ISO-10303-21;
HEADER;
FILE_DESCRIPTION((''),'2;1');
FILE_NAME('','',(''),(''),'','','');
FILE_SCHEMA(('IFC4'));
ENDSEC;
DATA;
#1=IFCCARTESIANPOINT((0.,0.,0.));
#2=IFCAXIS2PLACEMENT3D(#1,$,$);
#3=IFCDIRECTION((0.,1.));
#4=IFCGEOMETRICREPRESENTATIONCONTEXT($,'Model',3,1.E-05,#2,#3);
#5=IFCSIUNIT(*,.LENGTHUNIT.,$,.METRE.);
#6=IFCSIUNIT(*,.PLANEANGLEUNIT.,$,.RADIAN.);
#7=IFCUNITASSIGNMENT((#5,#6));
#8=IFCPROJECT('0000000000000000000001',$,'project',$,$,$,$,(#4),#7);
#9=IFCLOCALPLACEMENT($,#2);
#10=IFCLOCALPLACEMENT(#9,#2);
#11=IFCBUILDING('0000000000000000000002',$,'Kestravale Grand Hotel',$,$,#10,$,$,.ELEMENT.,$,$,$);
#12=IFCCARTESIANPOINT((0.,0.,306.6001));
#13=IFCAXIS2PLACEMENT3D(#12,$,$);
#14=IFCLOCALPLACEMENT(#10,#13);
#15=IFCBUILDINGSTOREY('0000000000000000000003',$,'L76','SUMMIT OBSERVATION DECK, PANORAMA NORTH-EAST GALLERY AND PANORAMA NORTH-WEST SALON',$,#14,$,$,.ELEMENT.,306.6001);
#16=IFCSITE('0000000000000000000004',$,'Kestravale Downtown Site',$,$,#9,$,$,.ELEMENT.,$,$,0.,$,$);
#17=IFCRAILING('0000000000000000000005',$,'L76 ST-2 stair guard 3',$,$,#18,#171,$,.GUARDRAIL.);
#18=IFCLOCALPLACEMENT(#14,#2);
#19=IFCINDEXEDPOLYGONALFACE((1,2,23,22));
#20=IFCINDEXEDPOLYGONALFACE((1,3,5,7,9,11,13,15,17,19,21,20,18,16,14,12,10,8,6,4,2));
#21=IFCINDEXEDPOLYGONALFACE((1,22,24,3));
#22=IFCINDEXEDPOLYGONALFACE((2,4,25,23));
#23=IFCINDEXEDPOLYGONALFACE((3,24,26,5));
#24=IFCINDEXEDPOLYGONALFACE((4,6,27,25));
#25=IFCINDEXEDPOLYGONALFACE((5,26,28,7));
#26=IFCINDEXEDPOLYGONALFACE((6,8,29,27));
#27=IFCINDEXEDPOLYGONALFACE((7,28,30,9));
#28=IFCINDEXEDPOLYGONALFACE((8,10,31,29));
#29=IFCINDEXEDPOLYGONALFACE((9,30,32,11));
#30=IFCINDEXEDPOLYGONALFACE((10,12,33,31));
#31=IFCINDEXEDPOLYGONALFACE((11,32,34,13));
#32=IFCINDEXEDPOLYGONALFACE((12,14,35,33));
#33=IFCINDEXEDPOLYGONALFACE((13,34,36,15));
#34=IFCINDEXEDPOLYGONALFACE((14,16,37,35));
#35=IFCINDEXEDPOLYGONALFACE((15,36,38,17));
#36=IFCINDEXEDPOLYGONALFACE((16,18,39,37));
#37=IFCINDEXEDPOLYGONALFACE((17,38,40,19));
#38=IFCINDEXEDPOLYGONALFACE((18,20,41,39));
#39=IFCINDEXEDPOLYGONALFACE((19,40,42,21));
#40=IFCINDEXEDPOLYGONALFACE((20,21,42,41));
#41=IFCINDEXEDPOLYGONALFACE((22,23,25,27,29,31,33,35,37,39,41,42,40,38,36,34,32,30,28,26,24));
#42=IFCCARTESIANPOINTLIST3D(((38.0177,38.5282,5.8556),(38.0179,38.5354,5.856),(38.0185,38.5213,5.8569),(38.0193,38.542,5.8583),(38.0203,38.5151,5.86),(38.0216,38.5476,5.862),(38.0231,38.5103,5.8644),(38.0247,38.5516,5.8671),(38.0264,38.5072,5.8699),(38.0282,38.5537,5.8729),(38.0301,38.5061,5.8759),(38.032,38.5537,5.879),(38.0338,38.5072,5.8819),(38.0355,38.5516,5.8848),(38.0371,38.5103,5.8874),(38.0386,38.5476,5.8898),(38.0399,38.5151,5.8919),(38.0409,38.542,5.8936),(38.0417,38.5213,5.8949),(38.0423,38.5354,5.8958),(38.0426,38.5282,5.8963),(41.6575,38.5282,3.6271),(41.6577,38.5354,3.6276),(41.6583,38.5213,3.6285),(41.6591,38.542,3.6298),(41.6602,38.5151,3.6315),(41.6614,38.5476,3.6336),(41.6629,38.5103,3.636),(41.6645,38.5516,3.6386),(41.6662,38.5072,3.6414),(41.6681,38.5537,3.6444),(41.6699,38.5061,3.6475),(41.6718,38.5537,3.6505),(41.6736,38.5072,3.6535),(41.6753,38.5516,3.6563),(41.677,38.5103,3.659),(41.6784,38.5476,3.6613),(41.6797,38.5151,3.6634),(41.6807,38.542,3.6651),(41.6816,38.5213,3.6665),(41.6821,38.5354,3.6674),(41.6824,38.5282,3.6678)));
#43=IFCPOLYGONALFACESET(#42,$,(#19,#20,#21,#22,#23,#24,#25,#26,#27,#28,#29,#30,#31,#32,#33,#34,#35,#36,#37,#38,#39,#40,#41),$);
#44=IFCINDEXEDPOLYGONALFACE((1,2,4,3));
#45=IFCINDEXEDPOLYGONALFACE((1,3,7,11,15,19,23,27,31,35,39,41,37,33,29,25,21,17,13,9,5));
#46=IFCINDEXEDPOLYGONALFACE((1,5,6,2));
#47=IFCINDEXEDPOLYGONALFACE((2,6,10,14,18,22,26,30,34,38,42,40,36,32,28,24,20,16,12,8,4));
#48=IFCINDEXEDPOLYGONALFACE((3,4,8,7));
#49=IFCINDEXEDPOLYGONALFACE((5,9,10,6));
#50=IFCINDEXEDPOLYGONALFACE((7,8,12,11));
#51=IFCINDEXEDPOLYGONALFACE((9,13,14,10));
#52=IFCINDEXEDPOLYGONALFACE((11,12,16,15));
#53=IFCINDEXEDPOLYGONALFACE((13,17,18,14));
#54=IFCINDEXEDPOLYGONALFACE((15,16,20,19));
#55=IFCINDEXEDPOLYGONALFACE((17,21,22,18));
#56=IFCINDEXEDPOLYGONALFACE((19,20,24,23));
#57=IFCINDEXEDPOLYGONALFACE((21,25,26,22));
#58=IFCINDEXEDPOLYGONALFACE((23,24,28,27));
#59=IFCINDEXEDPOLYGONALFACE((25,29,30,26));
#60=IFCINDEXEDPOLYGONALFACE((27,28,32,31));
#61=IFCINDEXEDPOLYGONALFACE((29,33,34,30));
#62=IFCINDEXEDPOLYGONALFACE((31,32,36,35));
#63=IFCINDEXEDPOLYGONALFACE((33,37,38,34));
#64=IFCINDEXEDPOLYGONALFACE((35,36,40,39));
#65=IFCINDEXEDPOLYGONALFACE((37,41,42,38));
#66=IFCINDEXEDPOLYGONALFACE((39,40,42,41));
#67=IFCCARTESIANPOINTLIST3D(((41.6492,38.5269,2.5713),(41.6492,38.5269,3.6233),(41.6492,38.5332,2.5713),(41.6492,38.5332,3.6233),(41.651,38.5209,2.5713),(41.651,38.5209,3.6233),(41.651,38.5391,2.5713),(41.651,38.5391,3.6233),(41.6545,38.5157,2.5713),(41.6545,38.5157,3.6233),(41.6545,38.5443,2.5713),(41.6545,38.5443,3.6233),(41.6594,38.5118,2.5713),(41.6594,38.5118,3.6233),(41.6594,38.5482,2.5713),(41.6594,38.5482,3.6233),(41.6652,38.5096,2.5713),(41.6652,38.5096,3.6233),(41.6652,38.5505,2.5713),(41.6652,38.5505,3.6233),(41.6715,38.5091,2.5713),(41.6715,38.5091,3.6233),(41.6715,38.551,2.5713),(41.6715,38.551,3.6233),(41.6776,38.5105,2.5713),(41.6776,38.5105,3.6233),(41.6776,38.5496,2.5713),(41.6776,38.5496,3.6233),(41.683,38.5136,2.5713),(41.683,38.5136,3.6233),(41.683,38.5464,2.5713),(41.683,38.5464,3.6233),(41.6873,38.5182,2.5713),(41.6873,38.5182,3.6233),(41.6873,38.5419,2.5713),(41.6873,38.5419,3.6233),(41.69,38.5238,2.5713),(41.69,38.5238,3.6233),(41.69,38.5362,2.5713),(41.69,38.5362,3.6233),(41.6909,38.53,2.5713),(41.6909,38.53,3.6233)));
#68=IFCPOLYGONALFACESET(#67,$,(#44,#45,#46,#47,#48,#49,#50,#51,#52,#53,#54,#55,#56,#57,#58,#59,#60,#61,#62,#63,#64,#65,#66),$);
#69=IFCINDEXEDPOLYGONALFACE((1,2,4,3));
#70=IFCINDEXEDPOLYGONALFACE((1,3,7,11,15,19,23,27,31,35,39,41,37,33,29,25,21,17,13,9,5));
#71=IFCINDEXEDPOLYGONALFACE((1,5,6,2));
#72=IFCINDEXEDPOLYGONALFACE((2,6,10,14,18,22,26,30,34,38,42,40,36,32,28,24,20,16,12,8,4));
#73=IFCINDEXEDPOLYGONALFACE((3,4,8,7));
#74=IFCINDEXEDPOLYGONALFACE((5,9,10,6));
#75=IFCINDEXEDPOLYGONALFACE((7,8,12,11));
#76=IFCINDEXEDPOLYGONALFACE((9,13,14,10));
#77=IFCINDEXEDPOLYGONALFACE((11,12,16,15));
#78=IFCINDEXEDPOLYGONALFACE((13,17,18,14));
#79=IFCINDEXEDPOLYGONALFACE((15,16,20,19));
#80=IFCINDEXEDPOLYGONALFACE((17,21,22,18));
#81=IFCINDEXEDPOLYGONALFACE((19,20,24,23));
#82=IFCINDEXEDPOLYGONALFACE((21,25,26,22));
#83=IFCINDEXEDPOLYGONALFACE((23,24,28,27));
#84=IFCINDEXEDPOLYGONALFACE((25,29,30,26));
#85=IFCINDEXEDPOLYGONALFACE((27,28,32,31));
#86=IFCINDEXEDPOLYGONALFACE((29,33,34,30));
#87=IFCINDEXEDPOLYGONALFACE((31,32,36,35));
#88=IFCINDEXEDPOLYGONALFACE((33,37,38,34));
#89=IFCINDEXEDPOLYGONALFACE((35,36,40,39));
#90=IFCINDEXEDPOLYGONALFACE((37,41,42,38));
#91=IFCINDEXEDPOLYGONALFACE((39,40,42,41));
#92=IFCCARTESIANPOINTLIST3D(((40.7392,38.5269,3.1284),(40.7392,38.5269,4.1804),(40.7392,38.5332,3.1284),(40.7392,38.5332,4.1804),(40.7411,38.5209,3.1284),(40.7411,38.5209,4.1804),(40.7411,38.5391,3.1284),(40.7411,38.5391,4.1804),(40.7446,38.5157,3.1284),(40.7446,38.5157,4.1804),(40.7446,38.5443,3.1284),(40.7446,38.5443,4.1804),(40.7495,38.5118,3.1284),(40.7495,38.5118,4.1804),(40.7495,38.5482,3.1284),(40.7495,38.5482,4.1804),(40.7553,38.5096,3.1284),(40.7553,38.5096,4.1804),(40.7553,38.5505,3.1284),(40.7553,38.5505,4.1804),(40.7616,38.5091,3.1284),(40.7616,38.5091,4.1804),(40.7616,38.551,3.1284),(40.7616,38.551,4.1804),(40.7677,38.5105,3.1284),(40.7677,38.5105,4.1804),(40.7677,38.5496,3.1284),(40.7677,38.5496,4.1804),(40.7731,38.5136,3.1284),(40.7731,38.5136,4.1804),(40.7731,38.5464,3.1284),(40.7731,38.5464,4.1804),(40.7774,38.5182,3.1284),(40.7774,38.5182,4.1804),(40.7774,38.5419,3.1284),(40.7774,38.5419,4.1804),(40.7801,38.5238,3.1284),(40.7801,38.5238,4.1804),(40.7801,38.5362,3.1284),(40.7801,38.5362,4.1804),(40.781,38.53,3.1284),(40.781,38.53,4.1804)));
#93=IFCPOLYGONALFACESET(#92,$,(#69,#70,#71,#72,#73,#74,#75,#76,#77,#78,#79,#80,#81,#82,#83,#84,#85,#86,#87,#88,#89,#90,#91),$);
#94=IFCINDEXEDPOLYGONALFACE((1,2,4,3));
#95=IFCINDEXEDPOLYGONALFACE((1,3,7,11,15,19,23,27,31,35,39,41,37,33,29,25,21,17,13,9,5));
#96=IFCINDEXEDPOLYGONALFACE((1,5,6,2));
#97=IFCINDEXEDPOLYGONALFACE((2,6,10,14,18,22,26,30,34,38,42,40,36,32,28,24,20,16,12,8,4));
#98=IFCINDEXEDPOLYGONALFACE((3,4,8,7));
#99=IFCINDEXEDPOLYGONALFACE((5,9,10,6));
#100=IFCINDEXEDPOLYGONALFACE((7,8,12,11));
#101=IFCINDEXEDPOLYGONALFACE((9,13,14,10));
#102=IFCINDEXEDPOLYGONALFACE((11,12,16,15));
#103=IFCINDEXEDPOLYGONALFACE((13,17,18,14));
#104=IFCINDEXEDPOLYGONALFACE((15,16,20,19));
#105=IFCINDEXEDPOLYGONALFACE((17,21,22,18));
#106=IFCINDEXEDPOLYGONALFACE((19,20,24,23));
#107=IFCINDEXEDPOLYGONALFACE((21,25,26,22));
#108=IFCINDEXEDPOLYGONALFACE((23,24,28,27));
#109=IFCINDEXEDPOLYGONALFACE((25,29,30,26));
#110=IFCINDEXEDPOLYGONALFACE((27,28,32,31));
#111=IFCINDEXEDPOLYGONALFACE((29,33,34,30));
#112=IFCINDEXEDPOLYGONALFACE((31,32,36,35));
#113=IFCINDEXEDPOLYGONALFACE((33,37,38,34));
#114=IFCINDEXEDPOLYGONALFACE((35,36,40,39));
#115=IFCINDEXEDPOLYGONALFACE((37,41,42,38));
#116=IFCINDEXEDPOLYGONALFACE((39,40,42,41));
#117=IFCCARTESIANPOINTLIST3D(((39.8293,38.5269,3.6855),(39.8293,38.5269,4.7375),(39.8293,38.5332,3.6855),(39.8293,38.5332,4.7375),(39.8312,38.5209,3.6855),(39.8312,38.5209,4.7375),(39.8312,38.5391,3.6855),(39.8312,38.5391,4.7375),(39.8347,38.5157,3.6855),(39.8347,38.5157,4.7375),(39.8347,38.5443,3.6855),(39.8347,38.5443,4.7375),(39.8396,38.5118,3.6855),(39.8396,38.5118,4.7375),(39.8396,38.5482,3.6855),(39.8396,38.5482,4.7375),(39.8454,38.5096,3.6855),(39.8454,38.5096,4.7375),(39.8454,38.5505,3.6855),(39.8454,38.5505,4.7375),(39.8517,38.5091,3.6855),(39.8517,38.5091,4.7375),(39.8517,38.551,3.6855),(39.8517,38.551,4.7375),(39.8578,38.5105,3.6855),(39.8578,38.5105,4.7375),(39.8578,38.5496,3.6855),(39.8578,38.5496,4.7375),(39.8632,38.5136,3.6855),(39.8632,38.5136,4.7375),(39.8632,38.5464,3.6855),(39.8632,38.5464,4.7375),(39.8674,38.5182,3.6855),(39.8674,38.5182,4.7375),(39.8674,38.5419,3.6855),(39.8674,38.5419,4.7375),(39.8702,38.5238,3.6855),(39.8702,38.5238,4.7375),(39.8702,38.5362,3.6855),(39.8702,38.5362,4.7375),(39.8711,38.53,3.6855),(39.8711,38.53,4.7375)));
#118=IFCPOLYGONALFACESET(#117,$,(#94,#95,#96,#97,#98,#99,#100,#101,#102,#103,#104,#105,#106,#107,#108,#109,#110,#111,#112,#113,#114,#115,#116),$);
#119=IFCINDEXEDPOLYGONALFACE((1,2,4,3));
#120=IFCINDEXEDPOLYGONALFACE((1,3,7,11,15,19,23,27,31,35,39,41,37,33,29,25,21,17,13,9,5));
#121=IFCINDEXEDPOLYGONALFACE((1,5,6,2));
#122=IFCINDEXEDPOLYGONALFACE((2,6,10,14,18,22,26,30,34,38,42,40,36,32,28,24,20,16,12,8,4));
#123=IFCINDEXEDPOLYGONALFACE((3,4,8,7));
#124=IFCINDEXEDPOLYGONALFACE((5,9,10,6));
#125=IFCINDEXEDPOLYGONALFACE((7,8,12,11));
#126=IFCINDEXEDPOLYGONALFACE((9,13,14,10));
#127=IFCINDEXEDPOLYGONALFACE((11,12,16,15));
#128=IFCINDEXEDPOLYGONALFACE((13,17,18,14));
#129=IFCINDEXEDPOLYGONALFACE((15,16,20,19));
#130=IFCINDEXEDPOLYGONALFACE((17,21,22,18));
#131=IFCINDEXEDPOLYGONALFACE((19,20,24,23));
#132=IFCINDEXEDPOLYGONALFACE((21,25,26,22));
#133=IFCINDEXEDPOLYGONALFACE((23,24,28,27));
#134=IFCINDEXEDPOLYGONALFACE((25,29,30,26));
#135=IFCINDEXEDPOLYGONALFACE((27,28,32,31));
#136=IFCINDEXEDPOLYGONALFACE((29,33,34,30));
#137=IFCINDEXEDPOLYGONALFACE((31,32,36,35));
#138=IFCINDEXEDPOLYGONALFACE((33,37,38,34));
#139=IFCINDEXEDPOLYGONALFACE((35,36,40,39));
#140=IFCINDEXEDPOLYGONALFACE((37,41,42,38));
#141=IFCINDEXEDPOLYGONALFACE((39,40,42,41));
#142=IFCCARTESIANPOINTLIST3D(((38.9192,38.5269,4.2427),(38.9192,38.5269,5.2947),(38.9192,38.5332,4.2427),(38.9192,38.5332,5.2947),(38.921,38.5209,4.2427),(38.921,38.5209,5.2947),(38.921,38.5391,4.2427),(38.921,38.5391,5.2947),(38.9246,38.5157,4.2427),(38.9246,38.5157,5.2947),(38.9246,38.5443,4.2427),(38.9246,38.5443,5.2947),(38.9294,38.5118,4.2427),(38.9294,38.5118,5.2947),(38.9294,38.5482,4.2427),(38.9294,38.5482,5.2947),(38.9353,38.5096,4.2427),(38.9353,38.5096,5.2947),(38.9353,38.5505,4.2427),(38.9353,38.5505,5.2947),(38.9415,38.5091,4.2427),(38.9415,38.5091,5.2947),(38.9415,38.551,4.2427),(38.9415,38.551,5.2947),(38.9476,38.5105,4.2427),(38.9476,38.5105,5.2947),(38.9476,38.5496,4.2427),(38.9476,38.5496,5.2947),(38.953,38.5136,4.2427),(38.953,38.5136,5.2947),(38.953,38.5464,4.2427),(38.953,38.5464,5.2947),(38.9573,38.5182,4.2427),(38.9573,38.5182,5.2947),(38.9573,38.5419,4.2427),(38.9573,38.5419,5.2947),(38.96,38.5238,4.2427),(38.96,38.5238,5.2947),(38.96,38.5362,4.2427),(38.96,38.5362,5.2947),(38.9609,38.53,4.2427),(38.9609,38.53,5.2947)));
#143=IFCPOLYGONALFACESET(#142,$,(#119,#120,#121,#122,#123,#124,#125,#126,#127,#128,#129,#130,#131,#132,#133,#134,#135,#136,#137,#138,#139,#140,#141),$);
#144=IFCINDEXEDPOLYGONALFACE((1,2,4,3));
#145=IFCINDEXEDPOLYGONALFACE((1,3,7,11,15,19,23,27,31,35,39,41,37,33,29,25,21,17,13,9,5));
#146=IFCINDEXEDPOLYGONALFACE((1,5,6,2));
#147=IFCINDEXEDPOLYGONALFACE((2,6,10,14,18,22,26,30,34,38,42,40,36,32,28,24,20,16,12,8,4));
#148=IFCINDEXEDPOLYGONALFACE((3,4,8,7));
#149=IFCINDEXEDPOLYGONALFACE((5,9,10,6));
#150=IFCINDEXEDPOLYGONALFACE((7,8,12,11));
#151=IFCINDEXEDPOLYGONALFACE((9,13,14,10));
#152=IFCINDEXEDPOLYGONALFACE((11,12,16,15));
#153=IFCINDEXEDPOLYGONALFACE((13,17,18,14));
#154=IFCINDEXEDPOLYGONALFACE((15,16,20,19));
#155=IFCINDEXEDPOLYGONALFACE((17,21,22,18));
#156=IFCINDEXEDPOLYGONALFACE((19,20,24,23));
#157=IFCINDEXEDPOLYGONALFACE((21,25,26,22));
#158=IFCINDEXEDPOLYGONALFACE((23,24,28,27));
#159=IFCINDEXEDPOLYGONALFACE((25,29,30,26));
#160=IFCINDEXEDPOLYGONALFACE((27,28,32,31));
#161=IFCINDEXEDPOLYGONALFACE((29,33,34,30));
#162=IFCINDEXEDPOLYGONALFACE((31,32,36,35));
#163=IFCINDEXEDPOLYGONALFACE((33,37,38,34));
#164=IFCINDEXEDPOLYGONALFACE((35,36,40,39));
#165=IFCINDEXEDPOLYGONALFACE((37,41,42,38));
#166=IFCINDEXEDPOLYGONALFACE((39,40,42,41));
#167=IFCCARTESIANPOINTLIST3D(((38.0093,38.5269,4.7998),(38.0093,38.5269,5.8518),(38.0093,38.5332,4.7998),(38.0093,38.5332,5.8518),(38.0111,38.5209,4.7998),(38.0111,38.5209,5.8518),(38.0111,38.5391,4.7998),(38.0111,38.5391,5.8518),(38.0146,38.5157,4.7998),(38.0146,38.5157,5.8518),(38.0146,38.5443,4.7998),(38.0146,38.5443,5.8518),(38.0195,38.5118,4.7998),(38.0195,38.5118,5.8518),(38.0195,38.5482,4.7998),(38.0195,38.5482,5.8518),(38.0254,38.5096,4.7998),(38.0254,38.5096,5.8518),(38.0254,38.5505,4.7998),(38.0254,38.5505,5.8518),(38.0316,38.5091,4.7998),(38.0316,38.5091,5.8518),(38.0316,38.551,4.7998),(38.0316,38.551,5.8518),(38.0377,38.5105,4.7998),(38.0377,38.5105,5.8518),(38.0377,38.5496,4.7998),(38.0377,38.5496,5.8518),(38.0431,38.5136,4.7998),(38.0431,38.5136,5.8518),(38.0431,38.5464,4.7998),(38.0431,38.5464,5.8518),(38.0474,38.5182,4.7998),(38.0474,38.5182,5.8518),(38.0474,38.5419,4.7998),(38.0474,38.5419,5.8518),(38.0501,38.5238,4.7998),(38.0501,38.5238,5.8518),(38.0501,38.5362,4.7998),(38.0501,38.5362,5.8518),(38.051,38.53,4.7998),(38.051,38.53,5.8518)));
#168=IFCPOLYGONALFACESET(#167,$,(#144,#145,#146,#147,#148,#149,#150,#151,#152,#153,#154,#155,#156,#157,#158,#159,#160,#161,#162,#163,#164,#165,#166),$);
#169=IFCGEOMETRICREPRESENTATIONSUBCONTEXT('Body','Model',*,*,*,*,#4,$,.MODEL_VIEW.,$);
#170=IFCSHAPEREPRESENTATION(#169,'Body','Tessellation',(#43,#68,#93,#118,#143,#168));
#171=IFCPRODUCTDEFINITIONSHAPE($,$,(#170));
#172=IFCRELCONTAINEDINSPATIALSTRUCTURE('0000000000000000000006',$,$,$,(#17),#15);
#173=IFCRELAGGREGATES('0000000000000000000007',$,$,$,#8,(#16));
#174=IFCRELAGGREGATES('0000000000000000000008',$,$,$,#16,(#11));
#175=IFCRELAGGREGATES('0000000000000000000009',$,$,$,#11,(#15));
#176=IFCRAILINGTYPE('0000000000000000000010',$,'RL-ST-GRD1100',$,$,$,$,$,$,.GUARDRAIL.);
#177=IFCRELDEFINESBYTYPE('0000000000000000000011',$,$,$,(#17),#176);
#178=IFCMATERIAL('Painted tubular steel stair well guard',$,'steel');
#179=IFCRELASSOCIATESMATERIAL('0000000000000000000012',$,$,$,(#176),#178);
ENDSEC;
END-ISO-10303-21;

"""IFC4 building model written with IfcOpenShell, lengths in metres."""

from ifc_helpers import new_model, si_unit, direction, frame, origin, origin_2d, place, context, subcontext, project, spatial, circle, extrude, material, type_object, element, save


model = new_model("IFC4")

# Units and contexts
model_context = context("Model", 3, precision=1e-05, world=origin(), true_north=direction((0.0, 1.0)))
body_context = subcontext(model_context, "Body", "Model", "MODEL_VIEW")
ifc_project = project(units=[si_unit("LENGTHUNIT", "METRE"), si_unit("PLANEANGLEUNIT", "RADIAN")], contexts=[model_context])

# Site, building, storey
site_placement = place(None, origin())
site = spatial("IfcSite", under=ifc_project, at=site_placement, Name="Kestravale Downtown Site", CompositionType="ELEMENT", RefElevation=0.0)
building_placement = place(site_placement, origin())
building = spatial("IfcBuilding", under=site, at=building_placement, Name="Kestravale Grand Hotel", CompositionType="ELEMENT")
storey_placement = place(building_placement, frame((0.0, 0.0, 306.6001)))
storey = spatial("IfcBuildingStorey", under=building, at=storey_placement, Name="L76", Description="SUMMIT OBSERVATION DECK, PANORAMA NORTH-EAST GALLERY AND PANORAMA NORTH-WEST SALON", CompositionType="ELEMENT", Elevation=306.6001)

# Railing
ifc_material_1 = material(Name="Painted tubular steel stair well guard", Category="steel")
railing_type_1 = type_object("IfcRailingType", Name="RL-ST-GRD1100", PredefinedType="GUARDRAIL", material=ifc_material_1)
railing_1_placement = place(storey_placement, frame((41.6699, 38.53, 2.5713)))
element("IfcRailing", 1, at=railing_1_placement, inside=storey, type_object=railing_type_1, Name="L76 ST-2 stair guard 3", PredefinedType="GUARDRAIL", context=body_context, shape_type="SweptSolid", body=[
    extrude(circle(Radius=0.0239, at=origin_2d()), frame((0.0, 0.0, 1.0762), z_axis=(-0.85285, 0.0, 0.522156), x_axis=(0.0, -1.0, 0.0)), (0.0, 0.0, 1.0), 4.2678),
    extrude(circle(Radius=0.021, at=origin_2d()), origin(), (0.0, 0.0, 1.0), 1.052),
    extrude(circle(Radius=0.021, at=origin_2d()), frame((-0.9099, 0.0, 0.5571)), (0.0, 0.0, 1.0), 1.052),
    extrude(circle(Radius=0.021, at=origin_2d()), frame((-1.8198, 0.0, 1.1143)), (0.0, 0.0, 1.0), 1.052),
    extrude(circle(Radius=0.021, at=origin_2d()), frame((-2.73, 0.0, 1.6714)), (0.0, 0.0, 1.0), 1.052),
    extrude(circle(Radius=0.021, at=origin_2d()), frame((-3.6399, 0.0, 2.2285)), (0.0, 0.0, 1.0), 1.052),
])

save(model, "model.ifc")
